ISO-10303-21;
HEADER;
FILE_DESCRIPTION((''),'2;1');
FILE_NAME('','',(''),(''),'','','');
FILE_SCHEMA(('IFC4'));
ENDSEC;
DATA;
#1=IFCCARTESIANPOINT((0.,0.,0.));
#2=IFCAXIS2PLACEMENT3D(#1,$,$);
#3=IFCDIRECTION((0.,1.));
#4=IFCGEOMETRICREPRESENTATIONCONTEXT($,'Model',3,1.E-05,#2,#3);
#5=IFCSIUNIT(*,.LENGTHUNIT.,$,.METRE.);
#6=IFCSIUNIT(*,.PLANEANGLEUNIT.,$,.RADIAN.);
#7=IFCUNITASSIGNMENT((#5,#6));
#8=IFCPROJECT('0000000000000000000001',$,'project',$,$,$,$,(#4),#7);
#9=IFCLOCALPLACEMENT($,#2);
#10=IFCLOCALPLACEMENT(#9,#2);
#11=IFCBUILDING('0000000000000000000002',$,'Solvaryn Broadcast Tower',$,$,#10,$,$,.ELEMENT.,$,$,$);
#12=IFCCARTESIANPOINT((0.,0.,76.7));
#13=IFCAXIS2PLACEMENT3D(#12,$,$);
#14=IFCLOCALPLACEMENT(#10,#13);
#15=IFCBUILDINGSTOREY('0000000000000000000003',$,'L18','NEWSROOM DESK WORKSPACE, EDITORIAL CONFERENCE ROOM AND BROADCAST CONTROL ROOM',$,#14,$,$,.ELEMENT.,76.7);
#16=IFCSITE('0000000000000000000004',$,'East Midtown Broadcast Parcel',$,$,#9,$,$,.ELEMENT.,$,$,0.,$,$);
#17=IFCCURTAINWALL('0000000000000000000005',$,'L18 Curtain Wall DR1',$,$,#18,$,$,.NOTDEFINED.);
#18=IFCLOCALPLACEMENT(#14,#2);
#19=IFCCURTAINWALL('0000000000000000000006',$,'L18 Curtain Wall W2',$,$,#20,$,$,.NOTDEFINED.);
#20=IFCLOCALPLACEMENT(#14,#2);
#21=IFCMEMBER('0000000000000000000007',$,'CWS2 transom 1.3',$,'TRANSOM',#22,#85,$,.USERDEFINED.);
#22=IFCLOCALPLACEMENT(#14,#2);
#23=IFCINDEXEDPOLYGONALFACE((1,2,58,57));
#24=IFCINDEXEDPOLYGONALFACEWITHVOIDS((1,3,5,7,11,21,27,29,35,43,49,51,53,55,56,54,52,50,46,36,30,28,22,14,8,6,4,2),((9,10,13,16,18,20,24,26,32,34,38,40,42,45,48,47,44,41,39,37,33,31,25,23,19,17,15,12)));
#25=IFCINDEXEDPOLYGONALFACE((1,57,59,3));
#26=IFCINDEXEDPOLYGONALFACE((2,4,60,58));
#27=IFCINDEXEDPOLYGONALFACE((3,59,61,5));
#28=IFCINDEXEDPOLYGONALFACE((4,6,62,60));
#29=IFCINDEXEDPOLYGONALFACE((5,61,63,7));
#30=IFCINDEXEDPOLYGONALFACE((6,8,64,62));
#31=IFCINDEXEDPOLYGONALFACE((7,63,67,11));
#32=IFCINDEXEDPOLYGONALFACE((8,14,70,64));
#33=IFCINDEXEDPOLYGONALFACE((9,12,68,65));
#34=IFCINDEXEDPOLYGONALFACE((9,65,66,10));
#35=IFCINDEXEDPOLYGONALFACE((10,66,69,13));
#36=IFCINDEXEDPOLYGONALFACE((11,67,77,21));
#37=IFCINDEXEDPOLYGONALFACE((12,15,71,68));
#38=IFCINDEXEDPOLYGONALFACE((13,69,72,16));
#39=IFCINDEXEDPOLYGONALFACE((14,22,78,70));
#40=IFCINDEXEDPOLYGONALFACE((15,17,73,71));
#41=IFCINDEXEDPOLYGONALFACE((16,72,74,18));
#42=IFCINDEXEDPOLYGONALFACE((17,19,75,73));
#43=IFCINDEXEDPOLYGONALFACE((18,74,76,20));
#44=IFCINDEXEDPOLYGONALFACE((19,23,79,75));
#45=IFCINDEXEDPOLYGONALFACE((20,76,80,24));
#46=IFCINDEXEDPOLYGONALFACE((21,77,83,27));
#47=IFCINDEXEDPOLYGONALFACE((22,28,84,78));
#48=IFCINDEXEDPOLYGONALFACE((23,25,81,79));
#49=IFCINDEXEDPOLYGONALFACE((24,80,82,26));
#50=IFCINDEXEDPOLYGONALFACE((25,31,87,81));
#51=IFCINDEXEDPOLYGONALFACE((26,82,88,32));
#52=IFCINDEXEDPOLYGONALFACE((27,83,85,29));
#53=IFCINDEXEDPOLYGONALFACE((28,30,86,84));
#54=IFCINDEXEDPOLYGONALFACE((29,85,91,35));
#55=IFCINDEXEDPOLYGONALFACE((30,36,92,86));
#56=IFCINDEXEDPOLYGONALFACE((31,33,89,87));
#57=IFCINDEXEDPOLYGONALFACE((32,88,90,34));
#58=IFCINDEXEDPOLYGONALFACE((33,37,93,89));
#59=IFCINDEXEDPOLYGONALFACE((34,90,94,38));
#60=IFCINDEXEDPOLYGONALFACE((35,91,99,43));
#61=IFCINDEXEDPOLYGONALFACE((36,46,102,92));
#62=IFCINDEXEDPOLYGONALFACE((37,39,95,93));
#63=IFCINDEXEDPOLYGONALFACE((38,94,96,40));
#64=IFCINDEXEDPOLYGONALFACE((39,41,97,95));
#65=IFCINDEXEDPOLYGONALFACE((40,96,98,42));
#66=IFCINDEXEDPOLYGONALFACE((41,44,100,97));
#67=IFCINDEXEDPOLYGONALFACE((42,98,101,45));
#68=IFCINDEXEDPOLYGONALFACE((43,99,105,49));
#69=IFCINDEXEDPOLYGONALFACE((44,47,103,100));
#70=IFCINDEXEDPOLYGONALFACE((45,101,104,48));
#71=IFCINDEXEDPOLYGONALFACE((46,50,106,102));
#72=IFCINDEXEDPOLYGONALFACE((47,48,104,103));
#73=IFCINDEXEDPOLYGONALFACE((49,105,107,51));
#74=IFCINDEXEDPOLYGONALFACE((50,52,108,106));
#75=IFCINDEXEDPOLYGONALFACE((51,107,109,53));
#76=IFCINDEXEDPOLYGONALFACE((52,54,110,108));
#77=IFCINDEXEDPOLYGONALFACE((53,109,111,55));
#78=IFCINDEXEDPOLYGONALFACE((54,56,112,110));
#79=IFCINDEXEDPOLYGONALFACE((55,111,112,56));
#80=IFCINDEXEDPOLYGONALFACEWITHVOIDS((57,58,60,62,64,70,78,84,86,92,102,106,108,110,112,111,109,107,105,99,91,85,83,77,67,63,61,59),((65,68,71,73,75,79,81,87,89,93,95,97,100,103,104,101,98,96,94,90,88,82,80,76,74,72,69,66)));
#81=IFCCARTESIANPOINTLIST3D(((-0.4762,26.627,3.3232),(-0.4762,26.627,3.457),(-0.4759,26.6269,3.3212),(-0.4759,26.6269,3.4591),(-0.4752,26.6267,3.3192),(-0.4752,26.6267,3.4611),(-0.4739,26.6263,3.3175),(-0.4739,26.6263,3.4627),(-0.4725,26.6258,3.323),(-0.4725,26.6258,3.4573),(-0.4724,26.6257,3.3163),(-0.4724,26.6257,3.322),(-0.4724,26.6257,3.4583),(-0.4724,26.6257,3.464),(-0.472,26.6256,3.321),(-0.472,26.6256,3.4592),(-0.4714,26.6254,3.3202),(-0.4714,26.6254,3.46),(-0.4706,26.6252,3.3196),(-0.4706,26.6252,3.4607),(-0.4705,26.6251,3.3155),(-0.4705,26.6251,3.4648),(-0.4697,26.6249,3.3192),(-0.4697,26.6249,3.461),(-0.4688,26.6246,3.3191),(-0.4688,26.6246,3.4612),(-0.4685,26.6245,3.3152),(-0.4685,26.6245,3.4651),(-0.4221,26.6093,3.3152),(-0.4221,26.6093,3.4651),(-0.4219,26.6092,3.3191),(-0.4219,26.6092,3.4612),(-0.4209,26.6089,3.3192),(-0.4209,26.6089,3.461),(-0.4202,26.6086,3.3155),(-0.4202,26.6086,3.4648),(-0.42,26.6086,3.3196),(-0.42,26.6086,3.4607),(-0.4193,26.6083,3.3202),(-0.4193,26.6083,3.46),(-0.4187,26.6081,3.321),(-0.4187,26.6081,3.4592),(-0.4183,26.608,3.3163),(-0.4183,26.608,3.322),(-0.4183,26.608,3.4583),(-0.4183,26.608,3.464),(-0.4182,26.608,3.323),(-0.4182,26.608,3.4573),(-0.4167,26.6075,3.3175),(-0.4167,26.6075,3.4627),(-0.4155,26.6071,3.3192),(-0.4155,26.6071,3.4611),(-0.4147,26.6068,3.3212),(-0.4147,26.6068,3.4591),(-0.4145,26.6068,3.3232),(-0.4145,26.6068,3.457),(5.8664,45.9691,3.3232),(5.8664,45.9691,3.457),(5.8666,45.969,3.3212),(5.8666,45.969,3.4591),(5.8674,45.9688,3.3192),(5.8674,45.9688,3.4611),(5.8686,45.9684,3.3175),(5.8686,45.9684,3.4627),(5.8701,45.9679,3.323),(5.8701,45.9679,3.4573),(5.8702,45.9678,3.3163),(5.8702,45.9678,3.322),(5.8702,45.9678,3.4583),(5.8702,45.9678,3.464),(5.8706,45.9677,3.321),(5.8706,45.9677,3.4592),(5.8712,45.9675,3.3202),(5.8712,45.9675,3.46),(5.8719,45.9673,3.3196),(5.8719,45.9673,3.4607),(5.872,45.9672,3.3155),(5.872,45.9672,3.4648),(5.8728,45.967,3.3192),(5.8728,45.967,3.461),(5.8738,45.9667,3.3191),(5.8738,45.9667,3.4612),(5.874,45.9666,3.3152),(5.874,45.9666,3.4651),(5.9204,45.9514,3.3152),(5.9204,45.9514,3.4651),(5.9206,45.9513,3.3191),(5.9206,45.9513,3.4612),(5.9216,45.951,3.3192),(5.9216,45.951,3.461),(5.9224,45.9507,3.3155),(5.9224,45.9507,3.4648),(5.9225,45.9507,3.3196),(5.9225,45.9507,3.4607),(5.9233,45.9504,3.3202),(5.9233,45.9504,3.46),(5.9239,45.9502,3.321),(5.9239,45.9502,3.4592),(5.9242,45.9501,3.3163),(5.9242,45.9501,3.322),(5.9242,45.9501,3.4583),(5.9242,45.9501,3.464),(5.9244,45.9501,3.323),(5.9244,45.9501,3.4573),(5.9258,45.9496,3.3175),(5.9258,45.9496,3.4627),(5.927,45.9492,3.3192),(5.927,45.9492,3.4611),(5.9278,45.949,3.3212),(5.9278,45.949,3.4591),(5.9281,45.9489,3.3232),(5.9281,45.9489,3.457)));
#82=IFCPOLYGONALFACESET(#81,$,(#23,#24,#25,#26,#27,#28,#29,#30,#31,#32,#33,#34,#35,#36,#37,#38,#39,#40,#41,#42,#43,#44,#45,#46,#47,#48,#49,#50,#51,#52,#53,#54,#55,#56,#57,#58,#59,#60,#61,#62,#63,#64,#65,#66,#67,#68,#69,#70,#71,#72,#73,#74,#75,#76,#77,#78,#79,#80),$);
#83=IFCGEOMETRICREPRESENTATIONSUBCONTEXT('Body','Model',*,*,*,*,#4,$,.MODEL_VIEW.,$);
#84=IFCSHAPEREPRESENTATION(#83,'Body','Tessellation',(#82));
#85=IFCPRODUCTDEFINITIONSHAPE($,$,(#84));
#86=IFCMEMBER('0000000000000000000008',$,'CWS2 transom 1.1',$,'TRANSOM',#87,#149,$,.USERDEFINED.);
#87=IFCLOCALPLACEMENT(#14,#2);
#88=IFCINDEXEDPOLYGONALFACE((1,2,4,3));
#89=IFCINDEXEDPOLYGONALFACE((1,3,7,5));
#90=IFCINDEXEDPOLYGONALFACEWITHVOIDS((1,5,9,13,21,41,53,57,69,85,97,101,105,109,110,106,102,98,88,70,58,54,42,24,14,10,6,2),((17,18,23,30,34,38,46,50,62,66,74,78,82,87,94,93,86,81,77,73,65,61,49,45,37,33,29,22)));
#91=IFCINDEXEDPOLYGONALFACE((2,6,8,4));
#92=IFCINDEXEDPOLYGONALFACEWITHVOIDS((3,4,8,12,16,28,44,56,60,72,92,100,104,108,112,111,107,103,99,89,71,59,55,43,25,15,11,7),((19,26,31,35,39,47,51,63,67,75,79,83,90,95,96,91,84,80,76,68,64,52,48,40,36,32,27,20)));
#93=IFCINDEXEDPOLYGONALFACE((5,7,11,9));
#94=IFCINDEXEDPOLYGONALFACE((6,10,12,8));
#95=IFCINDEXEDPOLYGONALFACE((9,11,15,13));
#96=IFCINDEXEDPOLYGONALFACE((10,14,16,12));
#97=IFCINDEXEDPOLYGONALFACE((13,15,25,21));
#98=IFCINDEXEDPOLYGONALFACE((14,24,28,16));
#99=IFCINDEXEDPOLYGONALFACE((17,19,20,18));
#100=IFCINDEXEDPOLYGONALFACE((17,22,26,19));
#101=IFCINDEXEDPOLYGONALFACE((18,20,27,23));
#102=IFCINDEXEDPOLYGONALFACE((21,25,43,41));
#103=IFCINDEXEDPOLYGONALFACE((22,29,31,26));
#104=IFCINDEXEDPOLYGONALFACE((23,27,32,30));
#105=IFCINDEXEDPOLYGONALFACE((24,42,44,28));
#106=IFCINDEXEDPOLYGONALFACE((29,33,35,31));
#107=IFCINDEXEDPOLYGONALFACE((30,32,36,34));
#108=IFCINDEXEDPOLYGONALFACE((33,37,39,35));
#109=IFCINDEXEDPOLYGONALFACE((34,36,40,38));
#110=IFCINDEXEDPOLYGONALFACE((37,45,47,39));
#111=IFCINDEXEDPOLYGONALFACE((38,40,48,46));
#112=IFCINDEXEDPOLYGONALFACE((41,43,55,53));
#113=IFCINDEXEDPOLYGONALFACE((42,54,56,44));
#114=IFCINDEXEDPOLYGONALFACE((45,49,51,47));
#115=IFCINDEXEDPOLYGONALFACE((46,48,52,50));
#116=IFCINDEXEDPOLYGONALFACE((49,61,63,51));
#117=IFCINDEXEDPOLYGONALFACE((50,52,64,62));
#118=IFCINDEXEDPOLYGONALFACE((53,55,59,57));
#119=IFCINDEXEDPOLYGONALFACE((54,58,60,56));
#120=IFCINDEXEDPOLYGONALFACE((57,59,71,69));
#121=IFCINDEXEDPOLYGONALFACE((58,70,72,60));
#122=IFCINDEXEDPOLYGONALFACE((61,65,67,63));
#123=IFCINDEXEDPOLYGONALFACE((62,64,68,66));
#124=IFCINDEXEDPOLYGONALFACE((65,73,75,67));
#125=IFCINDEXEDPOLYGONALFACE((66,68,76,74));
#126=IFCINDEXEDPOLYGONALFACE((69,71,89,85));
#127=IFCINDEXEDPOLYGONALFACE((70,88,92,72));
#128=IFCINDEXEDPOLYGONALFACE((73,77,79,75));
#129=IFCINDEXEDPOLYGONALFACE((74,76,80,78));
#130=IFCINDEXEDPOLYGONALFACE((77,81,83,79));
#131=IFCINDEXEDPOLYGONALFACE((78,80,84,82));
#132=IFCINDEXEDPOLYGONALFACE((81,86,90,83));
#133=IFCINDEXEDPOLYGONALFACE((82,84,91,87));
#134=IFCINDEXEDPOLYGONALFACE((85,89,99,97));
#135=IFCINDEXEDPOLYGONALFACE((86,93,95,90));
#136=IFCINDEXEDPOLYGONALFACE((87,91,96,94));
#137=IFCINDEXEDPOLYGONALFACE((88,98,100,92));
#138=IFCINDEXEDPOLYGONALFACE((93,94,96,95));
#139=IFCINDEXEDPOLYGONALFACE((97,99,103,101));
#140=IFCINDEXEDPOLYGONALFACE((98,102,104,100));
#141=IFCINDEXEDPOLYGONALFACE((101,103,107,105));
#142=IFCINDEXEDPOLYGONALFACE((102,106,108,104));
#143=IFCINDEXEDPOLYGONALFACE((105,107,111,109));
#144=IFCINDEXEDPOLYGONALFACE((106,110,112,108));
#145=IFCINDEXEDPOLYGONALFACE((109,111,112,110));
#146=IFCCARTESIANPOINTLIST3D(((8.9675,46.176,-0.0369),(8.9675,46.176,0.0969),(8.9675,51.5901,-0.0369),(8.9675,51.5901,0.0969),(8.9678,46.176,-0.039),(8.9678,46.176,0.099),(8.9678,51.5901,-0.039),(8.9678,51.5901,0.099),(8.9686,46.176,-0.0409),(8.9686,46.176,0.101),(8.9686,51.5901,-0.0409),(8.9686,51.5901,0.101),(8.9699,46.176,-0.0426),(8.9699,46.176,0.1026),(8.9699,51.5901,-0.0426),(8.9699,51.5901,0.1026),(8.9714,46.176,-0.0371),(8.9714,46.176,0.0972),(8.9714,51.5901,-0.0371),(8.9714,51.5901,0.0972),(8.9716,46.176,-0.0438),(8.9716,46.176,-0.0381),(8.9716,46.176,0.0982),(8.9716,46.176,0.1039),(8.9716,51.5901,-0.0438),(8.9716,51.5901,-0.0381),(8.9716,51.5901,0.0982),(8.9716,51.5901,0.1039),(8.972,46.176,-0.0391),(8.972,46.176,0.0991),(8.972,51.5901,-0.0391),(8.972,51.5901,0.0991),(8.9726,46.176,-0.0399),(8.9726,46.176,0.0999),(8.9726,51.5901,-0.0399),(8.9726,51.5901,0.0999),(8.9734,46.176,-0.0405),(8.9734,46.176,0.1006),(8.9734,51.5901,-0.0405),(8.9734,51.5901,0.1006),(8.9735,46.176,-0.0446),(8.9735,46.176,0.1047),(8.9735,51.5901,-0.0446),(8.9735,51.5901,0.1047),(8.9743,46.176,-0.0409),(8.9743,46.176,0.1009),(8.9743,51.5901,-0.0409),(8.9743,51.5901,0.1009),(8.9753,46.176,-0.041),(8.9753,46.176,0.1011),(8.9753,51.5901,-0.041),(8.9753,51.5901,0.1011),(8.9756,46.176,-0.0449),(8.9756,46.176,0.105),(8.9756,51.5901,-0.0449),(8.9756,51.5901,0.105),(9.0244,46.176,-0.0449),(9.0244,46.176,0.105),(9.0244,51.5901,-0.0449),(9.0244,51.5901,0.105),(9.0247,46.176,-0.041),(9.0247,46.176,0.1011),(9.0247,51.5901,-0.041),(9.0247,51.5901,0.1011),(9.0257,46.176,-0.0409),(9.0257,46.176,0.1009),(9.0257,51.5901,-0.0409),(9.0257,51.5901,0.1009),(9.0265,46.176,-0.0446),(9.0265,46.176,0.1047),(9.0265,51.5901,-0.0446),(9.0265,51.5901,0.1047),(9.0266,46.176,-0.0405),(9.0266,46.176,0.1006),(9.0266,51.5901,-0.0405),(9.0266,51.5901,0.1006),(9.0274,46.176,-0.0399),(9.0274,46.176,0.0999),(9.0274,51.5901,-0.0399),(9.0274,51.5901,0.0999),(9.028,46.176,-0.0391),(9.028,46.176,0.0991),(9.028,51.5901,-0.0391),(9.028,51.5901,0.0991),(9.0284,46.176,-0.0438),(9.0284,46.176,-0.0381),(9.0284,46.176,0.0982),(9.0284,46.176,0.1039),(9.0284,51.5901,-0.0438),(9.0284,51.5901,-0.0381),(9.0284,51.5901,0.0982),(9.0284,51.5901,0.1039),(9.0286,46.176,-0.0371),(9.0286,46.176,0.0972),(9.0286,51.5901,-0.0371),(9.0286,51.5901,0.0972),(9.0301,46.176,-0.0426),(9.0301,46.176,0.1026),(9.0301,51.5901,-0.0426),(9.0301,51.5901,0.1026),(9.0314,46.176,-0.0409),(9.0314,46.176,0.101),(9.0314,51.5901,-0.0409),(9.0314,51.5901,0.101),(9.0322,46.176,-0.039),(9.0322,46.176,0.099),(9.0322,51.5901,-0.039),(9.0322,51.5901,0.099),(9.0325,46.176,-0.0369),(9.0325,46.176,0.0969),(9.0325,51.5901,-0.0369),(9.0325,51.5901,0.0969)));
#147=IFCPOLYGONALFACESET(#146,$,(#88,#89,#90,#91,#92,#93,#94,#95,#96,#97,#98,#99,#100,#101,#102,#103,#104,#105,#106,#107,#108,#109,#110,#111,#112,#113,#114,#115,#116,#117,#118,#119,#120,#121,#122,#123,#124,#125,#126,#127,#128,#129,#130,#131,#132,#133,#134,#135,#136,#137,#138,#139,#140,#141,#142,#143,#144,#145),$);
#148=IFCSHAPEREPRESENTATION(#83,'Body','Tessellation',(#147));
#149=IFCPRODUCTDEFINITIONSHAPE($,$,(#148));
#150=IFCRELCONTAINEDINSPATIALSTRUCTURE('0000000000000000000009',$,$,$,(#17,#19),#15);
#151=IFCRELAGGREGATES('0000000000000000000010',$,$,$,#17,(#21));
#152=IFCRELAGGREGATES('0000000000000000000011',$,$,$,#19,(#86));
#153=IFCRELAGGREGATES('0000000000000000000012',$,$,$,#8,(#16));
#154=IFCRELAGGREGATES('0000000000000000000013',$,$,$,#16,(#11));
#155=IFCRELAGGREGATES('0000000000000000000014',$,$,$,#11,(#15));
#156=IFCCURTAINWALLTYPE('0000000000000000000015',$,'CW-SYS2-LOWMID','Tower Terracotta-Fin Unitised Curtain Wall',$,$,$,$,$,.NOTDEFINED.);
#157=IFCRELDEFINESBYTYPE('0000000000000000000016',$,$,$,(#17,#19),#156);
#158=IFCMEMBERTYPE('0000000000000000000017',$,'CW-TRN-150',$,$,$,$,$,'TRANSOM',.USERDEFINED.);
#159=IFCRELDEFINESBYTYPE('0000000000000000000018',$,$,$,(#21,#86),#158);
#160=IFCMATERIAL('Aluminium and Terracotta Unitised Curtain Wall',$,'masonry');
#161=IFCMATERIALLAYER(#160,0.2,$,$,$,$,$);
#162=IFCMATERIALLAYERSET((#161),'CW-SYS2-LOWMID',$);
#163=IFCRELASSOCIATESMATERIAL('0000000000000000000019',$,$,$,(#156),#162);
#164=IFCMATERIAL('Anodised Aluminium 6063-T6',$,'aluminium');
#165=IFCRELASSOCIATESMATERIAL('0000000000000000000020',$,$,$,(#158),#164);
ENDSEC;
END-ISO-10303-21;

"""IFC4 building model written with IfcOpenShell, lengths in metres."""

from ifc_helpers import new_model, si_unit, direction, frame, origin, origin_2d, place, context, subcontext, project, spatial, hollow_rectangle, extrude, material, layer, layer_set, material_profile, profile_set, type_object, element, aggregate, save


model = new_model("IFC4")

# Units and contexts
model_context = context("Model", 3, precision=1e-05, world=origin(), true_north=direction((0.0, 1.0)))
body_context = subcontext(model_context, "Body", "Model", "MODEL_VIEW")
ifc_project = project(units=[si_unit("LENGTHUNIT", "METRE"), si_unit("PLANEANGLEUNIT", "RADIAN")], contexts=[model_context])

# Site, building, storey
site_placement = place(None, origin())
site = spatial("IfcSite", under=ifc_project, at=site_placement, Name="East Midtown Broadcast Parcel", CompositionType="ELEMENT", RefElevation=0.0)
building_placement = place(site_placement, origin())
building = spatial("IfcBuilding", under=site, at=building_placement, Name="Solvaryn Broadcast Tower", CompositionType="ELEMENT")
storey_placement = place(building_placement, frame((0.0, 0.0, 76.7)))
storey = spatial("IfcBuildingStorey", under=building, at=storey_placement, Name="L18", Description="NEWSROOM DESK WORKSPACE, EDITORIAL CONFERENCE ROOM AND BROADCAST CONTROL ROOM", CompositionType="ELEMENT", Elevation=76.7)

# Curtain wall
ifc_material_1 = material(Name="Aluminium and Terracotta Unitised Curtain Wall", Category="masonry")
ifc_layer_1 = layer(ifc_material_1, 0.2)
ifc_layer_set_1 = layer_set([ifc_layer_1], Name="CW-SYS2-LOWMID")
curtain_wall_type = type_object("IfcCurtainWallType", Name="CW-SYS2-LOWMID", Description="Tower Terracotta-Fin Unitised Curtain Wall", PredefinedType="NOTDEFINED", material=ifc_layer_set_1)
curtain_wall_1_placement = place(storey_placement, origin())
curtain_wall_1 = element("IfcCurtainWall", 1, at=curtain_wall_1_placement, inside=storey, type_object=curtain_wall_type, Name="L18 Curtain Wall DR1", PredefinedType="NOTDEFINED")

# Curtain wall
curtain_wall_2_placement = place(storey_placement, origin())
curtain_wall_2 = element("IfcCurtainWall", 2, at=curtain_wall_2_placement, inside=storey, type_object=curtain_wall_type, Name="L18 Curtain Wall W2", PredefinedType="NOTDEFINED")

# Members
ifc_material_2 = material(Name="Anodised Aluminium 6063-T6", Category="aluminium")
ifc_material_profile_1 = material_profile(ifc_material_2, hollow_rectangle(XDim=0.0649, YDim=0.1499, WallThickness=0.0039, InnerFilletRadius=0.0039, OuterFilletRadius=0.0081, at=origin_2d()))
ifc_profile_set_1 = profile_set([ifc_material_profile_1], Name="Anodised Aluminium 6063-T6")
member_type_1 = type_object("IfcMemberType", Name="CW-TRN-150", ElementType="TRANSOM", PredefinedType="USERDEFINED", material=ifc_profile_set_1)
member_1_placement = place(storey_placement, frame((5.8972, 45.959, 3.3901), z_axis=(-0.31159, -0.950217, 0.0), x_axis=(0.950217, -0.31159, 0.0)))
member_1 = element("IfcMember", 3, at=member_1_placement, type_object=member_type_1, Name="CWS2 transom 1.3", ObjectType="TRANSOM", PredefinedType="USERDEFINED", context=body_context, shape_type="SweptSolid", body=[
    extrude(hollow_rectangle(XDim=0.0649, YDim=0.1499, WallThickness=0.0039, InnerFilletRadius=0.0039, OuterFilletRadius=0.0081, at=origin_2d()), origin(), (0.0, 0.0, 1.0), 20.3555),
])
aggregate(curtain_wall_1, [member_1])
member_2_placement = place(storey_placement, frame((9.0, 46.176, 0.03), z_axis=(0.0, 1.0, 0.0), x_axis=(-1.0, 0.0, 0.0)))
member_2 = element("IfcMember", 4, at=member_2_placement, type_object=member_type_1, Name="CWS2 transom 1.1", ObjectType="TRANSOM", PredefinedType="USERDEFINED", context=body_context, shape_type="SweptSolid", body=[
    extrude(hollow_rectangle(XDim=0.0649, YDim=0.1499, WallThickness=0.0039, InnerFilletRadius=0.0039, OuterFilletRadius=0.0081, at=origin_2d()), origin(), (0.0, 0.0, 1.0), 5.4141),
])

aggregate(curtain_wall_2, [member_2])

save(model, "model.ifc")
